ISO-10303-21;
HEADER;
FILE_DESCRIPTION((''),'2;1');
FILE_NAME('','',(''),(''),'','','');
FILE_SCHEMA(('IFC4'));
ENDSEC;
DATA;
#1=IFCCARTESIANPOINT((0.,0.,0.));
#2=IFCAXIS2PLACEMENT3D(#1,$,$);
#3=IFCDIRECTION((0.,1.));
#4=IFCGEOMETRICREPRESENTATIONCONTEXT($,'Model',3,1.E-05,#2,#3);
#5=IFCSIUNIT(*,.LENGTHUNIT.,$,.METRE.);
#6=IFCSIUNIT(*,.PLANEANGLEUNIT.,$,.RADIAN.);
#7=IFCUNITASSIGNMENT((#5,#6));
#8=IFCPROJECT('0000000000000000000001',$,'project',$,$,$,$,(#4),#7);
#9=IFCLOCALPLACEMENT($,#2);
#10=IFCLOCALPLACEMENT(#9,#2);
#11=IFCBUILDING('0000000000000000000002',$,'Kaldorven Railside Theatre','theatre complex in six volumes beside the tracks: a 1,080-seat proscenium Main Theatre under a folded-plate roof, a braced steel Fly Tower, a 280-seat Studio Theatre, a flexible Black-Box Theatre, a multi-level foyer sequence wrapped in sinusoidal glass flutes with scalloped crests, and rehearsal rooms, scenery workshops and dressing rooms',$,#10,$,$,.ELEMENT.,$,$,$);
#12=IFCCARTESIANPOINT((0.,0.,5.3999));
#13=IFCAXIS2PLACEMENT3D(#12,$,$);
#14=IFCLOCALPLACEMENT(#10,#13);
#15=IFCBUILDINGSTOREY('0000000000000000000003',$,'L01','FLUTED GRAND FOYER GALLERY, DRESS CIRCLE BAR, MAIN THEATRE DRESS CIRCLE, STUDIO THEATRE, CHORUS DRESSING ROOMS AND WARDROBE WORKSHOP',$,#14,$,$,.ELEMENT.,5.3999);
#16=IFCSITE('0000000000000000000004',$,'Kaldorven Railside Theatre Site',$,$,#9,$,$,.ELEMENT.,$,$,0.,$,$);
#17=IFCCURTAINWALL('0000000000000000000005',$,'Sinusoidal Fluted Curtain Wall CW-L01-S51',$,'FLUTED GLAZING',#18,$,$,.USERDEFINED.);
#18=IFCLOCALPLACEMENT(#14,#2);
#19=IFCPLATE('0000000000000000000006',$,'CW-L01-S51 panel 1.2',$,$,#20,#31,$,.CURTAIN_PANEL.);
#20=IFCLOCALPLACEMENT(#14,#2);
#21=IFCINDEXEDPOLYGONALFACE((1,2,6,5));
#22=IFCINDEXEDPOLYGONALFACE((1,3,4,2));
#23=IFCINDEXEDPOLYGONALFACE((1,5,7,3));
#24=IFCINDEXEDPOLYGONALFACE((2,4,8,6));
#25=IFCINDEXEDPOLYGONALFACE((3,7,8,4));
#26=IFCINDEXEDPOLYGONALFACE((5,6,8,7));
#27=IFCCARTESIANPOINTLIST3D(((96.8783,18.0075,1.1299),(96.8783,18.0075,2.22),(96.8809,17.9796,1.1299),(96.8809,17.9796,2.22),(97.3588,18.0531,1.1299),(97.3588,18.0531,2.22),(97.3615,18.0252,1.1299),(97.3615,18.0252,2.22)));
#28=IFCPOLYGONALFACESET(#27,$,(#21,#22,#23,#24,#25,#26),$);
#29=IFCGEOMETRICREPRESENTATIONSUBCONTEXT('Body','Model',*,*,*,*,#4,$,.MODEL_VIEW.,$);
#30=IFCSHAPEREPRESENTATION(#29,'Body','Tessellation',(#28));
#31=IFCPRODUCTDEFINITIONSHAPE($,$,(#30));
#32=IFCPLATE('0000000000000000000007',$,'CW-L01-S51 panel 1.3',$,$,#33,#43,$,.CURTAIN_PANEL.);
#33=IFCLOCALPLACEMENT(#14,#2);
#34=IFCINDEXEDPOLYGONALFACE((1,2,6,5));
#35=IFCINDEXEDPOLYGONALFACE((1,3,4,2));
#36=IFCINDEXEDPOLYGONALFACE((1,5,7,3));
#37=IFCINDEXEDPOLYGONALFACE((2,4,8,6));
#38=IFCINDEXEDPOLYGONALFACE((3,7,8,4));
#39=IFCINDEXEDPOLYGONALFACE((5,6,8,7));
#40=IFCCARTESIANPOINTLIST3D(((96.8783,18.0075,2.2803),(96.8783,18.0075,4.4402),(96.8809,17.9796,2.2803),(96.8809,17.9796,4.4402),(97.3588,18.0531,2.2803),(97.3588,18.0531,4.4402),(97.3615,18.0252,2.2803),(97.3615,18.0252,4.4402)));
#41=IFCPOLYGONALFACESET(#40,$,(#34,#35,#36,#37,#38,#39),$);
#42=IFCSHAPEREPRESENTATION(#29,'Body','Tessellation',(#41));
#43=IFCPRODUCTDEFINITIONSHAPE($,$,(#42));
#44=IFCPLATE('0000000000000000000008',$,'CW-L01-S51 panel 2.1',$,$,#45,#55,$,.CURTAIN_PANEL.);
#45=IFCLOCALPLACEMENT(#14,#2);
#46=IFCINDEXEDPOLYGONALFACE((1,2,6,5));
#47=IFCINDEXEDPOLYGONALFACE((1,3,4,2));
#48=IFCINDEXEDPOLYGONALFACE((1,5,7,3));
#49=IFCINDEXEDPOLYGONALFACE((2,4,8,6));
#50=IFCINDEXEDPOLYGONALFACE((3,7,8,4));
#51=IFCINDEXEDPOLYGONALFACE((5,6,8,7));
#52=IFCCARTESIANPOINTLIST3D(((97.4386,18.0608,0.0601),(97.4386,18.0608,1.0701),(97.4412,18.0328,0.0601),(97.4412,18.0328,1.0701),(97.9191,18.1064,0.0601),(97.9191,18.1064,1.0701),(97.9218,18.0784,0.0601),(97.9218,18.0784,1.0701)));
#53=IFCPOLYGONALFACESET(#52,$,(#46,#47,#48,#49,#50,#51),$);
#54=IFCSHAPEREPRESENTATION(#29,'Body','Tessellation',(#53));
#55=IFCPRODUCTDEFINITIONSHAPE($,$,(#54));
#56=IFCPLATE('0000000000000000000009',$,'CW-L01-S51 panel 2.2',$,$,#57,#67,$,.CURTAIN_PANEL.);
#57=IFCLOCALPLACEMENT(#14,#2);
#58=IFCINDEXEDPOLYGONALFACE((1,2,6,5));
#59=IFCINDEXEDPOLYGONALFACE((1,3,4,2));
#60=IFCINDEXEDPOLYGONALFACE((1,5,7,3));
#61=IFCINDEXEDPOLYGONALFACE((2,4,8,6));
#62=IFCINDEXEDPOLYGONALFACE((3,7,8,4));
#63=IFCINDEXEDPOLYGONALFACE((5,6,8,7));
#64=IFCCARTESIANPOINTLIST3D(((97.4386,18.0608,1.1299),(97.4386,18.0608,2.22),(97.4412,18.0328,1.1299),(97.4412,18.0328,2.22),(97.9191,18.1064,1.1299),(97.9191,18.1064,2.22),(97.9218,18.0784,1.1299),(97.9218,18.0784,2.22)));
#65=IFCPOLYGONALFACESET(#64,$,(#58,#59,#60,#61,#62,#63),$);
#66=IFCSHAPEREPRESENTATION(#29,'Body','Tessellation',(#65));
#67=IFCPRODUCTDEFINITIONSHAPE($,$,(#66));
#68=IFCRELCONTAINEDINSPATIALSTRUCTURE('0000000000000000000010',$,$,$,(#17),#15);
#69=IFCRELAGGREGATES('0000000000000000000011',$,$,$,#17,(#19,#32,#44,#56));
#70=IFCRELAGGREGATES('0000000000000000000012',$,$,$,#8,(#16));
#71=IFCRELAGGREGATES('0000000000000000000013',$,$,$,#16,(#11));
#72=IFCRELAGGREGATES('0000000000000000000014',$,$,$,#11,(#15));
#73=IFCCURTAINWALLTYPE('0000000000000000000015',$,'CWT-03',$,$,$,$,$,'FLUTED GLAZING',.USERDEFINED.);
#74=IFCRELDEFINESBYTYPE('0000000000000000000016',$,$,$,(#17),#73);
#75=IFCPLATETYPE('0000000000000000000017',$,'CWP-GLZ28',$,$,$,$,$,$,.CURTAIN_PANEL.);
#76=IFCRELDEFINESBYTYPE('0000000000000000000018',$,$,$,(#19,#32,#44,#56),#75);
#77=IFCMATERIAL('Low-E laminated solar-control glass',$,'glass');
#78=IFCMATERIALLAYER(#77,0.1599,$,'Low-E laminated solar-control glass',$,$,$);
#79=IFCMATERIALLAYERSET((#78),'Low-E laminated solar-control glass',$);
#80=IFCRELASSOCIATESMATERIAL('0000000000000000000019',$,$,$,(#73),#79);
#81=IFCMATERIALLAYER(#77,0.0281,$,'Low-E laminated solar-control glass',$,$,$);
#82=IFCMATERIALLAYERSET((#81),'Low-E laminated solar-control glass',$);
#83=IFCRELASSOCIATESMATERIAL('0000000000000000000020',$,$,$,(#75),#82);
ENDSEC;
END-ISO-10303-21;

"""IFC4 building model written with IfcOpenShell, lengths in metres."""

from ifc_helpers import new_model, si_unit, direction, frame, origin, origin_2d, place, context, subcontext, project, spatial, rectangle, extrude, material, layer, layer_set, type_object, element, aggregate, save


model = new_model("IFC4")

# Units and contexts
model_context = context("Model", 3, precision=1e-05, world=origin(), true_north=direction((0.0, 1.0)))
body_context = subcontext(model_context, "Body", "Model", "MODEL_VIEW")
ifc_project = project(units=[si_unit("LENGTHUNIT", "METRE"), si_unit("PLANEANGLEUNIT", "RADIAN")], contexts=[model_context])

# Site, building, storey
site_placement = place(None, origin())
site = spatial("IfcSite", under=ifc_project, at=site_placement, Name="Kaldorven Railside Theatre Site", CompositionType="ELEMENT", RefElevation=0.0)
building_placement = place(site_placement, origin())
building = spatial("IfcBuilding", under=site, at=building_placement, Name="Kaldorven Railside Theatre", Description="theatre complex in six volumes beside the tracks: a 1,080-seat proscenium Main Theatre under a folded-plate roof, a braced steel Fly Tower, a 280-seat Studio Theatre, a flexible Black-Box Theatre, a multi-level foyer sequence wrapped in sinusoidal glass flutes with scalloped crests, and rehearsal rooms, scenery workshops and dressing rooms", CompositionType="ELEMENT")
storey_placement = place(building_placement, frame((0.0, 0.0, 5.3999)))
storey = spatial("IfcBuildingStorey", under=building, at=storey_placement, Name="L01", Description="FLUTED GRAND FOYER GALLERY, DRESS CIRCLE BAR, MAIN THEATRE DRESS CIRCLE, STUDIO THEATRE, CHORUS DRESSING ROOMS AND WARDROBE WORKSHOP", CompositionType="ELEMENT", Elevation=5.3999)

# Curtain wall, plates
ifc_material_1 = material(Name="Low-E laminated solar-control glass", Category="glass")
ifc_layer_1 = layer(ifc_material_1, 0.1599, Name="Low-E laminated solar-control glass")
ifc_layer_set_1 = layer_set([ifc_layer_1], Name="Low-E laminated solar-control glass")
curtain_wall_type = type_object("IfcCurtainWallType", Name="CWT-03", ElementType="FLUTED GLAZING", PredefinedType="USERDEFINED", material=ifc_layer_set_1)
curtain_wall_placement = place(storey_placement, origin())
curtain_wall = element("IfcCurtainWall", 1, at=curtain_wall_placement, inside=storey, type_object=curtain_wall_type, Name="Sinusoidal Fluted Curtain Wall CW-L01-S51", ObjectType="FLUTED GLAZING", PredefinedType="USERDEFINED")
ifc_layer_2 = layer(ifc_material_1, 0.0281, Name="Low-E laminated solar-control glass")
ifc_layer_set_2 = layer_set([ifc_layer_2], Name="Low-E laminated solar-control glass")
plate_type = type_object("IfcPlateType", Name="CWP-GLZ28", PredefinedType="CURTAIN_PANEL", material=ifc_layer_set_2)
plate_1_placement = place(storey_placement, frame((97.1199, 18.0164, 1.1299), z_axis=(0.0, 0.0, 1.0), x_axis=(0.995526, 0.094492, 0.0)))
plate_1 = element("IfcPlate", 2, at=plate_1_placement, type_object=plate_type, Name="CW-L01-S51 panel 1.2", PredefinedType="CURTAIN_PANEL", context=body_context, shape_type="SweptSolid", body=[
    extrude(rectangle(XDim=0.4827, YDim=0.0281, at=origin_2d()), origin(), (0.0, 0.0, 1.0), 1.0901),
])
plate_2_placement = place(storey_placement, frame((97.1199, 18.0164, 2.2803), z_axis=(0.0, 0.0, 1.0), x_axis=(0.995526, 0.094492, 0.0)))
plate_2 = element("IfcPlate", 3, at=plate_2_placement, type_object=plate_type, Name="CW-L01-S51 panel 1.3", PredefinedType="CURTAIN_PANEL", context=body_context, shape_type="SweptSolid", body=[
    extrude(rectangle(XDim=0.4827, YDim=0.0281, at=origin_2d()), origin(), (0.0, 0.0, 1.0), 2.1599),
])
plate_3_placement = place(storey_placement, frame((97.6802, 18.0696, 0.0601), z_axis=(0.0, 0.0, 1.0), x_axis=(0.995526, 0.094492, 0.0)))
plate_3 = element("IfcPlate", 4, at=plate_3_placement, type_object=plate_type, Name="CW-L01-S51 panel 2.1", PredefinedType="CURTAIN_PANEL", context=body_context, shape_type="SweptSolid", body=[
    extrude(rectangle(XDim=0.4827, YDim=0.0281, at=origin_2d()), origin(), (0.0, 0.0, 1.0), 1.01),
])
plate_4_placement = place(storey_placement, frame((97.6802, 18.0696, 1.1299), z_axis=(0.0, 0.0, 1.0), x_axis=(0.995526, 0.094492, 0.0)))
plate_4 = element("IfcPlate", 5, at=plate_4_placement, type_object=plate_type, Name="CW-L01-S51 panel 2.2", PredefinedType="CURTAIN_PANEL", context=body_context, shape_type="SweptSolid", body=[
    extrude(rectangle(XDim=0.4827, YDim=0.0281, at=origin_2d()), origin(), (0.0, 0.0, 1.0), 1.0901),
])
aggregate(curtain_wall, [plate_1, plate_2, plate_3, plate_4])

save(model, "model.ifc")
